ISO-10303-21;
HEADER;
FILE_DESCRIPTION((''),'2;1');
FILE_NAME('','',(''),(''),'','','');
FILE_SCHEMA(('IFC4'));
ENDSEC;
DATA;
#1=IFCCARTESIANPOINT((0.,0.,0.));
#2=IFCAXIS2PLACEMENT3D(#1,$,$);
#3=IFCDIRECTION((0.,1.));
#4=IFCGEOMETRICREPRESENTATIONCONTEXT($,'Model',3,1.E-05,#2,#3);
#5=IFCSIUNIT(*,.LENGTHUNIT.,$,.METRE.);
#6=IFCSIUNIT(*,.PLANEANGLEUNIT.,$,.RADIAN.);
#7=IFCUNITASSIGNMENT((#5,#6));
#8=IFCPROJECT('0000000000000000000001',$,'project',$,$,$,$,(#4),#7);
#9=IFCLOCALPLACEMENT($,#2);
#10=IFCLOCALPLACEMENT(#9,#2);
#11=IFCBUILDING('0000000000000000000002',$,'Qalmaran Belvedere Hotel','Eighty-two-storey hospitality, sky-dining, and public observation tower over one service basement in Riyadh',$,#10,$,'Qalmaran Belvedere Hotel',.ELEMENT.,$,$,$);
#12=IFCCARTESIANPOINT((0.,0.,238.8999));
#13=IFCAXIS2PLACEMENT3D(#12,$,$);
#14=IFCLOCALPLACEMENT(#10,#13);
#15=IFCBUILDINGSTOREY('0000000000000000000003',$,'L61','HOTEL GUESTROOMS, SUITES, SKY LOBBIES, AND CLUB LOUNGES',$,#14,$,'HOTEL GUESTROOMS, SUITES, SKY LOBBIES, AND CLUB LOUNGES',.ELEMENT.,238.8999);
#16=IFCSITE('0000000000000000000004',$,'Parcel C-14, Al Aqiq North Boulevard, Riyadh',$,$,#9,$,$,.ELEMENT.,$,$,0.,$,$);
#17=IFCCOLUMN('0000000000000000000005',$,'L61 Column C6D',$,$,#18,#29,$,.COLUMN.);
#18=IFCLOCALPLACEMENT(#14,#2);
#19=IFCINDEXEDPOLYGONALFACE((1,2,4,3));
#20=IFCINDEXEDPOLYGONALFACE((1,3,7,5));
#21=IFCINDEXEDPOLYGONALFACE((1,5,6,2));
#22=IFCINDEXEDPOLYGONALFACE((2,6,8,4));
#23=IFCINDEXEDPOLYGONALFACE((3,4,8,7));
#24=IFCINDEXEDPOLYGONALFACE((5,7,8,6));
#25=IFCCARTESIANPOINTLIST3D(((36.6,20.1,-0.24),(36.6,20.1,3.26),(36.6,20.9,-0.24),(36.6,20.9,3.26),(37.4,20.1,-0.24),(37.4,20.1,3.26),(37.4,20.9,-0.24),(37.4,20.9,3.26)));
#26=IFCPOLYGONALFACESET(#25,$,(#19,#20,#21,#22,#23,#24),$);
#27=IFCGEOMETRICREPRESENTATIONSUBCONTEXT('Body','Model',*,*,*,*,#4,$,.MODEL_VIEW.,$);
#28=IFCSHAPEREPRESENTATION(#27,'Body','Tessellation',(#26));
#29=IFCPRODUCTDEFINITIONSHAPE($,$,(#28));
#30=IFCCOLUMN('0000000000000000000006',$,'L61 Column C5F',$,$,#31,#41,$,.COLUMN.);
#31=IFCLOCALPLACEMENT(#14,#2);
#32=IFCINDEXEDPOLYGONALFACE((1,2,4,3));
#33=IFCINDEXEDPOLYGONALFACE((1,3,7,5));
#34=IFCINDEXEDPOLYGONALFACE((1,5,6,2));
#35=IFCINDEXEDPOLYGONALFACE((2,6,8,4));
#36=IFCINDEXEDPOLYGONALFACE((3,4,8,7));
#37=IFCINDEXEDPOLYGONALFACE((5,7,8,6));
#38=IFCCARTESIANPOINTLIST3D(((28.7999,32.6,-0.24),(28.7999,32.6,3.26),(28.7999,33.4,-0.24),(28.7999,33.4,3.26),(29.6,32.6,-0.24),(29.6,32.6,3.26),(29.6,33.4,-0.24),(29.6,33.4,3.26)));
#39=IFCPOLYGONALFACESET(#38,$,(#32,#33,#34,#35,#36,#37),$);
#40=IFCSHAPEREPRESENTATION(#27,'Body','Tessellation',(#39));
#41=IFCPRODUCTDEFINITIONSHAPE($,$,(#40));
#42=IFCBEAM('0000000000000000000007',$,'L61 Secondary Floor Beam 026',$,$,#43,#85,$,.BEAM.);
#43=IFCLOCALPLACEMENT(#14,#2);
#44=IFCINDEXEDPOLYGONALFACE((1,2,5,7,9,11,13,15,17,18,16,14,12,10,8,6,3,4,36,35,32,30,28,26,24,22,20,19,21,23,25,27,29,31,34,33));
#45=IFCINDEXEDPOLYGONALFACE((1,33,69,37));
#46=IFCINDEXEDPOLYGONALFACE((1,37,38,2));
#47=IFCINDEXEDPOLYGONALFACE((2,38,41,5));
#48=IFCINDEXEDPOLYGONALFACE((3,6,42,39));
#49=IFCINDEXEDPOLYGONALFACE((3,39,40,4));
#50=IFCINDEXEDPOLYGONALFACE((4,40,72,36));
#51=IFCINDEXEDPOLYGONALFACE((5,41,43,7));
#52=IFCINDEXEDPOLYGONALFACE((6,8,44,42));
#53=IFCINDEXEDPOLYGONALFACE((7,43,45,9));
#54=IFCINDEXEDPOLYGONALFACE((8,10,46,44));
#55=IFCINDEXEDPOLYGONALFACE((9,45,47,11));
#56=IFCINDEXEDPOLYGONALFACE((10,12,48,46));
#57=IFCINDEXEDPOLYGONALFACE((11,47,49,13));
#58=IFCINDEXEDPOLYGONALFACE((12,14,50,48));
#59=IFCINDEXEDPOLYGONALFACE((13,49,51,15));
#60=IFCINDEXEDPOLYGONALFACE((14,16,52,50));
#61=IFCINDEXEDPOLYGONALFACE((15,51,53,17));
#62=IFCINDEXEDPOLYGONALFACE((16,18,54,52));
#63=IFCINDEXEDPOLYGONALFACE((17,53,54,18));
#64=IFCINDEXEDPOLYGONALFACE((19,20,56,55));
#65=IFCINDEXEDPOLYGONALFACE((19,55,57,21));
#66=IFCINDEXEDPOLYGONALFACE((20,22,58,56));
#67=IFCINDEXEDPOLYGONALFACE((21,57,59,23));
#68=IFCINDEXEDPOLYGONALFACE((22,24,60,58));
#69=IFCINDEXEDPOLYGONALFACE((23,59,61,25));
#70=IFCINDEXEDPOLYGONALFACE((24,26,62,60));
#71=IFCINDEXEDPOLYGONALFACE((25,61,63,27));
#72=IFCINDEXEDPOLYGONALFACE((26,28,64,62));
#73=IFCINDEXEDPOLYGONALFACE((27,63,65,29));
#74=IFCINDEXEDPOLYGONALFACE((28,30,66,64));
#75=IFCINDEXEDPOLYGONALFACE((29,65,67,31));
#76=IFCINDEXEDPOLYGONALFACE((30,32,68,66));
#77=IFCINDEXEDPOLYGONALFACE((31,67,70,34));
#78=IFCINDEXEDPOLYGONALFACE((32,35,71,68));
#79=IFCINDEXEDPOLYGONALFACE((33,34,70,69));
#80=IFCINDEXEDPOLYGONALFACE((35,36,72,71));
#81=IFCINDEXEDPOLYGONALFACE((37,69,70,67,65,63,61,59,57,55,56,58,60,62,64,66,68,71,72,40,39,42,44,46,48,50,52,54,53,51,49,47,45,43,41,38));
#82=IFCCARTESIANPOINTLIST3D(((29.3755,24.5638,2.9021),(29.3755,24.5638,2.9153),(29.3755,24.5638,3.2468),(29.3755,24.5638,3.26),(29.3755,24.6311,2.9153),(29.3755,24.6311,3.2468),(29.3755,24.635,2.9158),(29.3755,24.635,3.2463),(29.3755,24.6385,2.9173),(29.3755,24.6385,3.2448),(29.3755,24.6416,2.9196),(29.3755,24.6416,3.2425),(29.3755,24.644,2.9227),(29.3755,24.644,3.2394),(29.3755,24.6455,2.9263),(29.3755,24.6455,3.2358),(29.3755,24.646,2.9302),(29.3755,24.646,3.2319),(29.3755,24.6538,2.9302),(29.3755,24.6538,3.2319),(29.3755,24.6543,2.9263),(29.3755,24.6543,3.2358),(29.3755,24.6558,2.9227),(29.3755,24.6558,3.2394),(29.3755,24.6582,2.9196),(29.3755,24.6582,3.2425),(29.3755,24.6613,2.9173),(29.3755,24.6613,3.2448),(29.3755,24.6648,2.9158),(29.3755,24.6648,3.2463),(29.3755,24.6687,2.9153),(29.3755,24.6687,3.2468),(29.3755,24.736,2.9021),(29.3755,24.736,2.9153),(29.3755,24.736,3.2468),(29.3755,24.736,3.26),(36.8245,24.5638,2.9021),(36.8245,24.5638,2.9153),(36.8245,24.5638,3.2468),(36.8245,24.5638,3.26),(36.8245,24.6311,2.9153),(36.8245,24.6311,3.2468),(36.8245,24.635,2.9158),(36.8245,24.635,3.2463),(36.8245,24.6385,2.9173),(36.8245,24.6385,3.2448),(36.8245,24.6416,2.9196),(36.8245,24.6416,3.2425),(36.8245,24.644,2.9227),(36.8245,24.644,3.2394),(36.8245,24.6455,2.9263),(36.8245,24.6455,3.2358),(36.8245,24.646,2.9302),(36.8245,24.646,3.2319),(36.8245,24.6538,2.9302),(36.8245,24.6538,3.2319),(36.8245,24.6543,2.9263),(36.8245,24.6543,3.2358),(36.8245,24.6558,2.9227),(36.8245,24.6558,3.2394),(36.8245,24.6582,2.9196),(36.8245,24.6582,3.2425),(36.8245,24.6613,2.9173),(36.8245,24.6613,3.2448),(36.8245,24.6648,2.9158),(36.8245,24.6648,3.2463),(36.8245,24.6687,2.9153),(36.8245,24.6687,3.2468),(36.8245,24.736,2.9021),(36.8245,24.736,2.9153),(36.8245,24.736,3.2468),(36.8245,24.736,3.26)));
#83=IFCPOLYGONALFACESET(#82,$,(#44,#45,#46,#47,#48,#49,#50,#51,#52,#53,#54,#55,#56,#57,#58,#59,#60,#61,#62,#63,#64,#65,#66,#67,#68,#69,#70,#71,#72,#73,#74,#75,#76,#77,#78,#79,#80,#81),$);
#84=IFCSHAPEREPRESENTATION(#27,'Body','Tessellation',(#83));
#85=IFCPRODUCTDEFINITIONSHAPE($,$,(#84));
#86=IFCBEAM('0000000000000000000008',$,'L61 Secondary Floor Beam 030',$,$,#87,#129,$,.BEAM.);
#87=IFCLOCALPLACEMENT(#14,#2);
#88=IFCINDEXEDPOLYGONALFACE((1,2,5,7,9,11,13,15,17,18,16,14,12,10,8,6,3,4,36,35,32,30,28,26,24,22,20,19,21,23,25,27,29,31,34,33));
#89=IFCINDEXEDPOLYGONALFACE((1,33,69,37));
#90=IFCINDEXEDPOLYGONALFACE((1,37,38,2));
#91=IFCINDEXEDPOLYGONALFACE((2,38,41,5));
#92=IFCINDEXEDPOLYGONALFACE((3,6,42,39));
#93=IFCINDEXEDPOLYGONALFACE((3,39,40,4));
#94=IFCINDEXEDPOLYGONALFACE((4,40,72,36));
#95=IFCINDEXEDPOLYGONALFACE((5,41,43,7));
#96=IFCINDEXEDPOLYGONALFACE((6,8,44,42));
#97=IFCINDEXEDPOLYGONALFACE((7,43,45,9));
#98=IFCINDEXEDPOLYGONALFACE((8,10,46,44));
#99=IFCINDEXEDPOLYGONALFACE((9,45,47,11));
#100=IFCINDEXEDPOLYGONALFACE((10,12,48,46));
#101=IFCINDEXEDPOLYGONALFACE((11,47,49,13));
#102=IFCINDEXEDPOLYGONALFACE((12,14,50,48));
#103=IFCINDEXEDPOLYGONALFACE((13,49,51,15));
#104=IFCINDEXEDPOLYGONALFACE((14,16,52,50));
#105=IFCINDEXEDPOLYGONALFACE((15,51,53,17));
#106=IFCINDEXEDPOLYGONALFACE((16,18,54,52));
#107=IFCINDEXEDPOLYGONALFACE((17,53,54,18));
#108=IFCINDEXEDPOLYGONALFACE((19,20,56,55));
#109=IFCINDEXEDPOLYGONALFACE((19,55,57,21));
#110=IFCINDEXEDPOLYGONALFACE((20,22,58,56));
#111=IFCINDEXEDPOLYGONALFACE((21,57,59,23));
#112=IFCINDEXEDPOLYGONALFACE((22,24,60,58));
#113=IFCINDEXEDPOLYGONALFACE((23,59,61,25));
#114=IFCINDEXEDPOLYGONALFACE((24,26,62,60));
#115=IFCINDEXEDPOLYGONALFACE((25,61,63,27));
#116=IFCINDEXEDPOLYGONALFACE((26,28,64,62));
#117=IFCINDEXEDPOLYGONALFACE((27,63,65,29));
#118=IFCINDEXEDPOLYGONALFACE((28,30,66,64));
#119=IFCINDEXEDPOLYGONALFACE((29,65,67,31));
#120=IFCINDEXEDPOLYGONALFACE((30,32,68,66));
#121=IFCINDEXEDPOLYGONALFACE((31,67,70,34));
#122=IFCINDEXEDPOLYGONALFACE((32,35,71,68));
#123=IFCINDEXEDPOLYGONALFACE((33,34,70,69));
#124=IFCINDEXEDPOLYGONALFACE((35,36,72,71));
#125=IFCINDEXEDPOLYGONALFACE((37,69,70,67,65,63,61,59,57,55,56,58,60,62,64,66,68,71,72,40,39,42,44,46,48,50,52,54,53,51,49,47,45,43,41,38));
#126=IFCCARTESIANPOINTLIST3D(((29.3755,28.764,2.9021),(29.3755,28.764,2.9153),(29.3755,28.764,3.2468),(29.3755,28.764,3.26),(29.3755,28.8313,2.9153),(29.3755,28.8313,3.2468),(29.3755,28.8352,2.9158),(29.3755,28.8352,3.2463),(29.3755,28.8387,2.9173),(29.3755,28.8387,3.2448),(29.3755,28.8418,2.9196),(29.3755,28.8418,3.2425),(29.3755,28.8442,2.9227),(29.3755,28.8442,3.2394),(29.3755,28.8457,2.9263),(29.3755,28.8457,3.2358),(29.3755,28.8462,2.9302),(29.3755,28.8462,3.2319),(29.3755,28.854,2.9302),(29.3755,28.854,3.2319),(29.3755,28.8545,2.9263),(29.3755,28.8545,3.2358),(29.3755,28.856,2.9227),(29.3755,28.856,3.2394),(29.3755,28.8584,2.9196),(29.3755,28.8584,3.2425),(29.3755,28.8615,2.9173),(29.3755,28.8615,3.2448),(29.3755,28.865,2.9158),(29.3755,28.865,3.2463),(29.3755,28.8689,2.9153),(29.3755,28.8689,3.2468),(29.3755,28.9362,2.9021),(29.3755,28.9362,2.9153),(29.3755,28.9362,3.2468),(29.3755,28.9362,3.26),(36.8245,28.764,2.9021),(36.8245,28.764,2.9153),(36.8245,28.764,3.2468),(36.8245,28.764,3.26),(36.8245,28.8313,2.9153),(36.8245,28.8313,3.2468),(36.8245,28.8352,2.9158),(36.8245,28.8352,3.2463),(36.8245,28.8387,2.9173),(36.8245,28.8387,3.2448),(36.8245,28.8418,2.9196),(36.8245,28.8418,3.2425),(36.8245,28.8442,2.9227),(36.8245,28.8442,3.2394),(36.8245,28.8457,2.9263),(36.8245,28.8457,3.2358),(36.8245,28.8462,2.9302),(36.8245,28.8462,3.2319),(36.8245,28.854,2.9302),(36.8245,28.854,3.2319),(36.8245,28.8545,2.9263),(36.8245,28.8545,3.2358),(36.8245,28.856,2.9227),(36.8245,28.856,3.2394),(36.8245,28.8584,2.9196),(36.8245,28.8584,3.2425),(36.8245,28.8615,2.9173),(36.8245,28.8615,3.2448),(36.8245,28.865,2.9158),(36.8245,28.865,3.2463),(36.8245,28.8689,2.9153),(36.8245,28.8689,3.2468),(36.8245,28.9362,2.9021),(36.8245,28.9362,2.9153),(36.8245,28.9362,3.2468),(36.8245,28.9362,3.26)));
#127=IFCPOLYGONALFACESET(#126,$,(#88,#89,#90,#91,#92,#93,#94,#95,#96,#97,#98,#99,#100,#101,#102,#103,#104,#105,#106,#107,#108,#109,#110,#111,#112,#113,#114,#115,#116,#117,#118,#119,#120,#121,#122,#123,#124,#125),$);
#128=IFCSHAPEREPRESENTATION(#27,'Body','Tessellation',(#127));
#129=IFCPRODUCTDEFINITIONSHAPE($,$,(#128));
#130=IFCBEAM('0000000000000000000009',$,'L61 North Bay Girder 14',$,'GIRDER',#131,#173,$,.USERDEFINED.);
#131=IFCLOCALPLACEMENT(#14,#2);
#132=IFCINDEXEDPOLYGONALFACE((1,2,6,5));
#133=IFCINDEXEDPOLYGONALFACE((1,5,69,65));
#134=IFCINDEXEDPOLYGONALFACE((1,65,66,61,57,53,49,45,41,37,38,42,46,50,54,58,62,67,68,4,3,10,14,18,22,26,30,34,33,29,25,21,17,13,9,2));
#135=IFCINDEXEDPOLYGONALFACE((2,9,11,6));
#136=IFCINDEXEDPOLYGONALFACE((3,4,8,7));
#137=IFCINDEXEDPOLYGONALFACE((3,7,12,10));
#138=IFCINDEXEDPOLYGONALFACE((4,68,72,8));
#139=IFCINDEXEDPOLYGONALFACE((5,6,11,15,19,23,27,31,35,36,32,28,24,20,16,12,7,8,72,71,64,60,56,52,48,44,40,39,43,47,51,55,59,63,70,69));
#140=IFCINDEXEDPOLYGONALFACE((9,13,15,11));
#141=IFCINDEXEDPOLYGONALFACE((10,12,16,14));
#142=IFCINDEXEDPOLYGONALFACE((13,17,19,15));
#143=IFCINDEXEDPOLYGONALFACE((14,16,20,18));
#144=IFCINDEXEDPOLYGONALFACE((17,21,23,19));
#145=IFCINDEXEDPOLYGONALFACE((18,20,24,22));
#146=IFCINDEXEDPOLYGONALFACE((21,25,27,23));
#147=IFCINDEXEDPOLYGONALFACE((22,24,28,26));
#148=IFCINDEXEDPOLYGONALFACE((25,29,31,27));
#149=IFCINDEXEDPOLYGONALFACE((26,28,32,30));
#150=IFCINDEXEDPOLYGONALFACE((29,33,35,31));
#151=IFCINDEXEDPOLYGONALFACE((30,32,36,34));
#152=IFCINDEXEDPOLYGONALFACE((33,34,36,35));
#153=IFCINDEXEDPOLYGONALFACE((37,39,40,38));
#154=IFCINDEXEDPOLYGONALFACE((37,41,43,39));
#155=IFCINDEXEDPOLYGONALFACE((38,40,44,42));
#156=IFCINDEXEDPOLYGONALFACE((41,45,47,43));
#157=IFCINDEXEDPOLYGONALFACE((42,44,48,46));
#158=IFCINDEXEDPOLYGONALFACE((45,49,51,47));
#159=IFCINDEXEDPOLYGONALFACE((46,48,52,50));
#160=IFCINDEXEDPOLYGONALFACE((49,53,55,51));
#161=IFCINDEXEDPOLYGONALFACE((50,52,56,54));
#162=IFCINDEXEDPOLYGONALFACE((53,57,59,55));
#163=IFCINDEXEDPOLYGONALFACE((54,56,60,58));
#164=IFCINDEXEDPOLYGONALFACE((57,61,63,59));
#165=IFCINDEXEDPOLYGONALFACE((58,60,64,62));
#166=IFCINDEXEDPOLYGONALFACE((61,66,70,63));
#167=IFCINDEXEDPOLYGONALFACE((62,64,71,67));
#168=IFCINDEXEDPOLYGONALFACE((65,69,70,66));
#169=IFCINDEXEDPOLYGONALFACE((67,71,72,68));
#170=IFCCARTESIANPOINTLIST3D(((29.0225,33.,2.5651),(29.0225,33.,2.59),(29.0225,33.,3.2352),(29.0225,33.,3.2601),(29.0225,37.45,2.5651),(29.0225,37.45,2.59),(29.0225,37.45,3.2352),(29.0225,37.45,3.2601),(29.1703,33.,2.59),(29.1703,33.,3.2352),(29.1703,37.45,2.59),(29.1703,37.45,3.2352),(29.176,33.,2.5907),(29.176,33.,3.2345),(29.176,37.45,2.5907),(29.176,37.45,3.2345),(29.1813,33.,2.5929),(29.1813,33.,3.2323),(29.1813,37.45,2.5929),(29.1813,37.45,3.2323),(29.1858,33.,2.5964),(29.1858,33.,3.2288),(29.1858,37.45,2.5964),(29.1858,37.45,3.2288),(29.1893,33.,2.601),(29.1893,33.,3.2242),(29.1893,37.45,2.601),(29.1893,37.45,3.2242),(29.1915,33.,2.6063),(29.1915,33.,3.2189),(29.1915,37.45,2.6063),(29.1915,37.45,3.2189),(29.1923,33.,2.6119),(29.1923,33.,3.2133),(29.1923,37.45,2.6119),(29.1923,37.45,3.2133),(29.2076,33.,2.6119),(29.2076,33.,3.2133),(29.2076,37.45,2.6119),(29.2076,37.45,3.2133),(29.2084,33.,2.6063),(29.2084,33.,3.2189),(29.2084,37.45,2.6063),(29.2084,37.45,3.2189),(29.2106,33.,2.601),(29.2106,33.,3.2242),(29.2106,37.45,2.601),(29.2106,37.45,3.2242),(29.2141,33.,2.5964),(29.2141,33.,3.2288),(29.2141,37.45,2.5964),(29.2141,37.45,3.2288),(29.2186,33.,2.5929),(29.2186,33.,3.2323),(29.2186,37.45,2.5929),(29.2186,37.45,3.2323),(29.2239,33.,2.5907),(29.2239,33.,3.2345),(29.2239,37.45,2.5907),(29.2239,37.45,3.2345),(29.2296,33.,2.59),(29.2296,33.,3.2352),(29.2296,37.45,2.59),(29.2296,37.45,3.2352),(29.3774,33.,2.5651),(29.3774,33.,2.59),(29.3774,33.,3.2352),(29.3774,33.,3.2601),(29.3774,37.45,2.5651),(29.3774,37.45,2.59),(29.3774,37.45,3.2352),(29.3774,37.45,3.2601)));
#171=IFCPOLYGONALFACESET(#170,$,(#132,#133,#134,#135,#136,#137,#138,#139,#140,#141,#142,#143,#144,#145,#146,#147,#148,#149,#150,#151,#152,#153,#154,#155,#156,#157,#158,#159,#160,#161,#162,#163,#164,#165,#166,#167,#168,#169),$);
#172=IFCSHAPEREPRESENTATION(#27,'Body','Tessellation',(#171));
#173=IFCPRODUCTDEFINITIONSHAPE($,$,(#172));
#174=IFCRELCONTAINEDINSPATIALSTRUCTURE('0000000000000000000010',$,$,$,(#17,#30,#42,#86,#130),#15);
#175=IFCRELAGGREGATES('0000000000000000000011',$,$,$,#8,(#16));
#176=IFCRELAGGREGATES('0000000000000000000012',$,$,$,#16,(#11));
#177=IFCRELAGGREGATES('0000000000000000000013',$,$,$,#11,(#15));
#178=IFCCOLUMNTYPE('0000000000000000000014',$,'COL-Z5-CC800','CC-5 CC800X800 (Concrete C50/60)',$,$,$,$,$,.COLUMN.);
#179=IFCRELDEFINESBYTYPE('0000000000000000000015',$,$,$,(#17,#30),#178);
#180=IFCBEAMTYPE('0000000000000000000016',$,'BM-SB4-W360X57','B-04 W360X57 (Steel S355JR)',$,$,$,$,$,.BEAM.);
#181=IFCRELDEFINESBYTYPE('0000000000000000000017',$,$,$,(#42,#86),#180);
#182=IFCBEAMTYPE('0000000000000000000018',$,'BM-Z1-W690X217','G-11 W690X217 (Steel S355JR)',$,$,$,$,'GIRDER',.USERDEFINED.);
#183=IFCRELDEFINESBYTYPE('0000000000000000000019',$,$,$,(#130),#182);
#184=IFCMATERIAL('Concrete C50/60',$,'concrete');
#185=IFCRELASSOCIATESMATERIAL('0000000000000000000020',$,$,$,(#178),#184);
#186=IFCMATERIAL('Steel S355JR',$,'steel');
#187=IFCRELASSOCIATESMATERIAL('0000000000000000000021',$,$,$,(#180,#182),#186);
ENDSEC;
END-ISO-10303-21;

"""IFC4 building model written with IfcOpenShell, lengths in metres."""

from ifc_helpers import new_model, si_unit, direction, frame, origin, origin_2d, place, context, subcontext, project, spatial, rectangle, i_section, extrude, material, material_profile, profile_set, type_object, element, save


model = new_model("IFC4")

# Units and contexts
model_context = context("Model", 3, precision=1e-05, world=origin(), true_north=direction((0.0, 1.0)))
body_context = subcontext(model_context, "Body", "Model", "MODEL_VIEW")
ifc_project = project(units=[si_unit("LENGTHUNIT", "METRE"), si_unit("PLANEANGLEUNIT", "RADIAN")], contexts=[model_context])

# Site, building, storey
site_placement = place(None, origin())
site = spatial("IfcSite", under=ifc_project, at=site_placement, Name="Parcel C-14, Al Aqiq North Boulevard, Riyadh", CompositionType="ELEMENT", RefElevation=0.0)
building_placement = place(site_placement, origin())
building = spatial("IfcBuilding", under=site, at=building_placement, Name="Qalmaran Belvedere Hotel", Description="Eighty-two-storey hospitality, sky-dining, and public observation tower over one service basement in Riyadh", LongName="Qalmaran Belvedere Hotel", CompositionType="ELEMENT")
storey_placement = place(building_placement, frame((0.0, 0.0, 238.8999)))
storey = spatial("IfcBuildingStorey", under=building, at=storey_placement, Name="L61", Description="HOTEL GUESTROOMS, SUITES, SKY LOBBIES, AND CLUB LOUNGES", LongName="HOTEL GUESTROOMS, SUITES, SKY LOBBIES, AND CLUB LOUNGES", CompositionType="ELEMENT", Elevation=238.8999)

# Columns
ifc_material_1 = material(Name="Concrete C50/60", Category="concrete")
ifc_material_profile_1 = material_profile(ifc_material_1, rectangle(XDim=0.8, YDim=0.8, at=origin_2d()), Name="CC800X800")
ifc_profile_set_1 = profile_set([ifc_material_profile_1], Name="Concrete C50/60")
column_type = type_object("IfcColumnType", Name="COL-Z5-CC800", Description="CC-5 CC800X800 (Concrete C50/60)", PredefinedType="COLUMN", material=ifc_profile_set_1)
for number, where, z_axis, x_axis, name in (
    (1, (37.0, 20.5, -0.24), (0.0, 0.0, 1.0), (1.0, 0.0, 0.0), "L61 Column C6D"),
    (2, (29.2, 33.0, -0.24), (0.0, 0.0, 1.0), (1.0, 0.0, 0.0), "L61 Column C5F"),
):
    element("IfcColumn", number, at=place(storey_placement, frame(where, z_axis=z_axis, x_axis=x_axis)), inside=storey, type_object=column_type, Name=name, PredefinedType="COLUMN", context=body_context, shape_type="SweptSolid", body=[
        extrude(rectangle(XDim=0.8, YDim=0.8, at=origin_2d()), origin(), (0.0, 0.0, 1.0), 3.5),
    ])

# Beams
ifc_material_2 = material(Name="Steel S355JR", Category="steel")
ifc_material_profile_2 = material_profile(ifc_material_2, i_section(OverallWidth=0.1721, OverallDepth=0.3579, WebThickness=0.0078, FlangeThickness=0.0132, FilletRadius=0.0149, at=origin_2d()), Name="W360X57")
ifc_profile_set_2 = profile_set([ifc_material_profile_2], Name="Steel S355JR")
beam_type_1 = type_object("IfcBeamType", Name="BM-SB4-W360X57", Description="B-04 W360X57 (Steel S355JR)", PredefinedType="BEAM", material=ifc_profile_set_2)
for number, where, z_axis, x_axis, name in (
    (3, (29.3755, 24.6499, 3.0811), (1.0, 0.0, 0.0), (0.0, 1.0, 0.0), "L61 Secondary Floor Beam 026"),
    (4, (29.3755, 28.8501, 3.0811), (1.0, 0.0, 0.0), (0.0, 1.0, 0.0), "L61 Secondary Floor Beam 030"),
):
    element("IfcBeam", number, at=place(storey_placement, frame(where, z_axis=z_axis, x_axis=x_axis)), inside=storey, type_object=beam_type_1, Name=name, PredefinedType="BEAM", context=body_context, shape_type="SweptSolid", body=[
        extrude(i_section(OverallWidth=0.1721, OverallDepth=0.3579, WebThickness=0.0078, FlangeThickness=0.0132, FilletRadius=0.0149, at=origin_2d()), origin(), (0.0, 0.0, 1.0), 7.449),
    ])
ifc_material_profile_3 = material_profile(ifc_material_2, i_section(OverallWidth=0.355, OverallDepth=0.6951, WebThickness=0.0154, FlangeThickness=0.0249, FilletRadius=0.022, at=origin_2d()), Name="W690X217")
ifc_profile_set_3 = profile_set([ifc_material_profile_3], Name="Steel S355JR")
beam_type_2 = type_object("IfcBeamType", Name="BM-Z1-W690X217", Description="G-11 W690X217 (Steel S355JR)", ElementType="GIRDER", PredefinedType="USERDEFINED", material=ifc_profile_set_3)
beam_1_placement = place(storey_placement, frame((29.2, 33.0, 2.9126), z_axis=(0.0, 1.0, 0.0), x_axis=(-1.0, 0.0, 0.0)))
element("IfcBeam", 5, at=beam_1_placement, inside=storey, type_object=beam_type_2, Name="L61 North Bay Girder 14", ObjectType="GIRDER", PredefinedType="USERDEFINED", context=body_context, shape_type="SweptSolid", body=[
    extrude(i_section(OverallWidth=0.355, OverallDepth=0.6951, WebThickness=0.0154, FlangeThickness=0.0249, FilletRadius=0.022, at=origin_2d()), origin(), (0.0, 0.0, 1.0), 4.45),
])

save(model, "model.ifc")
